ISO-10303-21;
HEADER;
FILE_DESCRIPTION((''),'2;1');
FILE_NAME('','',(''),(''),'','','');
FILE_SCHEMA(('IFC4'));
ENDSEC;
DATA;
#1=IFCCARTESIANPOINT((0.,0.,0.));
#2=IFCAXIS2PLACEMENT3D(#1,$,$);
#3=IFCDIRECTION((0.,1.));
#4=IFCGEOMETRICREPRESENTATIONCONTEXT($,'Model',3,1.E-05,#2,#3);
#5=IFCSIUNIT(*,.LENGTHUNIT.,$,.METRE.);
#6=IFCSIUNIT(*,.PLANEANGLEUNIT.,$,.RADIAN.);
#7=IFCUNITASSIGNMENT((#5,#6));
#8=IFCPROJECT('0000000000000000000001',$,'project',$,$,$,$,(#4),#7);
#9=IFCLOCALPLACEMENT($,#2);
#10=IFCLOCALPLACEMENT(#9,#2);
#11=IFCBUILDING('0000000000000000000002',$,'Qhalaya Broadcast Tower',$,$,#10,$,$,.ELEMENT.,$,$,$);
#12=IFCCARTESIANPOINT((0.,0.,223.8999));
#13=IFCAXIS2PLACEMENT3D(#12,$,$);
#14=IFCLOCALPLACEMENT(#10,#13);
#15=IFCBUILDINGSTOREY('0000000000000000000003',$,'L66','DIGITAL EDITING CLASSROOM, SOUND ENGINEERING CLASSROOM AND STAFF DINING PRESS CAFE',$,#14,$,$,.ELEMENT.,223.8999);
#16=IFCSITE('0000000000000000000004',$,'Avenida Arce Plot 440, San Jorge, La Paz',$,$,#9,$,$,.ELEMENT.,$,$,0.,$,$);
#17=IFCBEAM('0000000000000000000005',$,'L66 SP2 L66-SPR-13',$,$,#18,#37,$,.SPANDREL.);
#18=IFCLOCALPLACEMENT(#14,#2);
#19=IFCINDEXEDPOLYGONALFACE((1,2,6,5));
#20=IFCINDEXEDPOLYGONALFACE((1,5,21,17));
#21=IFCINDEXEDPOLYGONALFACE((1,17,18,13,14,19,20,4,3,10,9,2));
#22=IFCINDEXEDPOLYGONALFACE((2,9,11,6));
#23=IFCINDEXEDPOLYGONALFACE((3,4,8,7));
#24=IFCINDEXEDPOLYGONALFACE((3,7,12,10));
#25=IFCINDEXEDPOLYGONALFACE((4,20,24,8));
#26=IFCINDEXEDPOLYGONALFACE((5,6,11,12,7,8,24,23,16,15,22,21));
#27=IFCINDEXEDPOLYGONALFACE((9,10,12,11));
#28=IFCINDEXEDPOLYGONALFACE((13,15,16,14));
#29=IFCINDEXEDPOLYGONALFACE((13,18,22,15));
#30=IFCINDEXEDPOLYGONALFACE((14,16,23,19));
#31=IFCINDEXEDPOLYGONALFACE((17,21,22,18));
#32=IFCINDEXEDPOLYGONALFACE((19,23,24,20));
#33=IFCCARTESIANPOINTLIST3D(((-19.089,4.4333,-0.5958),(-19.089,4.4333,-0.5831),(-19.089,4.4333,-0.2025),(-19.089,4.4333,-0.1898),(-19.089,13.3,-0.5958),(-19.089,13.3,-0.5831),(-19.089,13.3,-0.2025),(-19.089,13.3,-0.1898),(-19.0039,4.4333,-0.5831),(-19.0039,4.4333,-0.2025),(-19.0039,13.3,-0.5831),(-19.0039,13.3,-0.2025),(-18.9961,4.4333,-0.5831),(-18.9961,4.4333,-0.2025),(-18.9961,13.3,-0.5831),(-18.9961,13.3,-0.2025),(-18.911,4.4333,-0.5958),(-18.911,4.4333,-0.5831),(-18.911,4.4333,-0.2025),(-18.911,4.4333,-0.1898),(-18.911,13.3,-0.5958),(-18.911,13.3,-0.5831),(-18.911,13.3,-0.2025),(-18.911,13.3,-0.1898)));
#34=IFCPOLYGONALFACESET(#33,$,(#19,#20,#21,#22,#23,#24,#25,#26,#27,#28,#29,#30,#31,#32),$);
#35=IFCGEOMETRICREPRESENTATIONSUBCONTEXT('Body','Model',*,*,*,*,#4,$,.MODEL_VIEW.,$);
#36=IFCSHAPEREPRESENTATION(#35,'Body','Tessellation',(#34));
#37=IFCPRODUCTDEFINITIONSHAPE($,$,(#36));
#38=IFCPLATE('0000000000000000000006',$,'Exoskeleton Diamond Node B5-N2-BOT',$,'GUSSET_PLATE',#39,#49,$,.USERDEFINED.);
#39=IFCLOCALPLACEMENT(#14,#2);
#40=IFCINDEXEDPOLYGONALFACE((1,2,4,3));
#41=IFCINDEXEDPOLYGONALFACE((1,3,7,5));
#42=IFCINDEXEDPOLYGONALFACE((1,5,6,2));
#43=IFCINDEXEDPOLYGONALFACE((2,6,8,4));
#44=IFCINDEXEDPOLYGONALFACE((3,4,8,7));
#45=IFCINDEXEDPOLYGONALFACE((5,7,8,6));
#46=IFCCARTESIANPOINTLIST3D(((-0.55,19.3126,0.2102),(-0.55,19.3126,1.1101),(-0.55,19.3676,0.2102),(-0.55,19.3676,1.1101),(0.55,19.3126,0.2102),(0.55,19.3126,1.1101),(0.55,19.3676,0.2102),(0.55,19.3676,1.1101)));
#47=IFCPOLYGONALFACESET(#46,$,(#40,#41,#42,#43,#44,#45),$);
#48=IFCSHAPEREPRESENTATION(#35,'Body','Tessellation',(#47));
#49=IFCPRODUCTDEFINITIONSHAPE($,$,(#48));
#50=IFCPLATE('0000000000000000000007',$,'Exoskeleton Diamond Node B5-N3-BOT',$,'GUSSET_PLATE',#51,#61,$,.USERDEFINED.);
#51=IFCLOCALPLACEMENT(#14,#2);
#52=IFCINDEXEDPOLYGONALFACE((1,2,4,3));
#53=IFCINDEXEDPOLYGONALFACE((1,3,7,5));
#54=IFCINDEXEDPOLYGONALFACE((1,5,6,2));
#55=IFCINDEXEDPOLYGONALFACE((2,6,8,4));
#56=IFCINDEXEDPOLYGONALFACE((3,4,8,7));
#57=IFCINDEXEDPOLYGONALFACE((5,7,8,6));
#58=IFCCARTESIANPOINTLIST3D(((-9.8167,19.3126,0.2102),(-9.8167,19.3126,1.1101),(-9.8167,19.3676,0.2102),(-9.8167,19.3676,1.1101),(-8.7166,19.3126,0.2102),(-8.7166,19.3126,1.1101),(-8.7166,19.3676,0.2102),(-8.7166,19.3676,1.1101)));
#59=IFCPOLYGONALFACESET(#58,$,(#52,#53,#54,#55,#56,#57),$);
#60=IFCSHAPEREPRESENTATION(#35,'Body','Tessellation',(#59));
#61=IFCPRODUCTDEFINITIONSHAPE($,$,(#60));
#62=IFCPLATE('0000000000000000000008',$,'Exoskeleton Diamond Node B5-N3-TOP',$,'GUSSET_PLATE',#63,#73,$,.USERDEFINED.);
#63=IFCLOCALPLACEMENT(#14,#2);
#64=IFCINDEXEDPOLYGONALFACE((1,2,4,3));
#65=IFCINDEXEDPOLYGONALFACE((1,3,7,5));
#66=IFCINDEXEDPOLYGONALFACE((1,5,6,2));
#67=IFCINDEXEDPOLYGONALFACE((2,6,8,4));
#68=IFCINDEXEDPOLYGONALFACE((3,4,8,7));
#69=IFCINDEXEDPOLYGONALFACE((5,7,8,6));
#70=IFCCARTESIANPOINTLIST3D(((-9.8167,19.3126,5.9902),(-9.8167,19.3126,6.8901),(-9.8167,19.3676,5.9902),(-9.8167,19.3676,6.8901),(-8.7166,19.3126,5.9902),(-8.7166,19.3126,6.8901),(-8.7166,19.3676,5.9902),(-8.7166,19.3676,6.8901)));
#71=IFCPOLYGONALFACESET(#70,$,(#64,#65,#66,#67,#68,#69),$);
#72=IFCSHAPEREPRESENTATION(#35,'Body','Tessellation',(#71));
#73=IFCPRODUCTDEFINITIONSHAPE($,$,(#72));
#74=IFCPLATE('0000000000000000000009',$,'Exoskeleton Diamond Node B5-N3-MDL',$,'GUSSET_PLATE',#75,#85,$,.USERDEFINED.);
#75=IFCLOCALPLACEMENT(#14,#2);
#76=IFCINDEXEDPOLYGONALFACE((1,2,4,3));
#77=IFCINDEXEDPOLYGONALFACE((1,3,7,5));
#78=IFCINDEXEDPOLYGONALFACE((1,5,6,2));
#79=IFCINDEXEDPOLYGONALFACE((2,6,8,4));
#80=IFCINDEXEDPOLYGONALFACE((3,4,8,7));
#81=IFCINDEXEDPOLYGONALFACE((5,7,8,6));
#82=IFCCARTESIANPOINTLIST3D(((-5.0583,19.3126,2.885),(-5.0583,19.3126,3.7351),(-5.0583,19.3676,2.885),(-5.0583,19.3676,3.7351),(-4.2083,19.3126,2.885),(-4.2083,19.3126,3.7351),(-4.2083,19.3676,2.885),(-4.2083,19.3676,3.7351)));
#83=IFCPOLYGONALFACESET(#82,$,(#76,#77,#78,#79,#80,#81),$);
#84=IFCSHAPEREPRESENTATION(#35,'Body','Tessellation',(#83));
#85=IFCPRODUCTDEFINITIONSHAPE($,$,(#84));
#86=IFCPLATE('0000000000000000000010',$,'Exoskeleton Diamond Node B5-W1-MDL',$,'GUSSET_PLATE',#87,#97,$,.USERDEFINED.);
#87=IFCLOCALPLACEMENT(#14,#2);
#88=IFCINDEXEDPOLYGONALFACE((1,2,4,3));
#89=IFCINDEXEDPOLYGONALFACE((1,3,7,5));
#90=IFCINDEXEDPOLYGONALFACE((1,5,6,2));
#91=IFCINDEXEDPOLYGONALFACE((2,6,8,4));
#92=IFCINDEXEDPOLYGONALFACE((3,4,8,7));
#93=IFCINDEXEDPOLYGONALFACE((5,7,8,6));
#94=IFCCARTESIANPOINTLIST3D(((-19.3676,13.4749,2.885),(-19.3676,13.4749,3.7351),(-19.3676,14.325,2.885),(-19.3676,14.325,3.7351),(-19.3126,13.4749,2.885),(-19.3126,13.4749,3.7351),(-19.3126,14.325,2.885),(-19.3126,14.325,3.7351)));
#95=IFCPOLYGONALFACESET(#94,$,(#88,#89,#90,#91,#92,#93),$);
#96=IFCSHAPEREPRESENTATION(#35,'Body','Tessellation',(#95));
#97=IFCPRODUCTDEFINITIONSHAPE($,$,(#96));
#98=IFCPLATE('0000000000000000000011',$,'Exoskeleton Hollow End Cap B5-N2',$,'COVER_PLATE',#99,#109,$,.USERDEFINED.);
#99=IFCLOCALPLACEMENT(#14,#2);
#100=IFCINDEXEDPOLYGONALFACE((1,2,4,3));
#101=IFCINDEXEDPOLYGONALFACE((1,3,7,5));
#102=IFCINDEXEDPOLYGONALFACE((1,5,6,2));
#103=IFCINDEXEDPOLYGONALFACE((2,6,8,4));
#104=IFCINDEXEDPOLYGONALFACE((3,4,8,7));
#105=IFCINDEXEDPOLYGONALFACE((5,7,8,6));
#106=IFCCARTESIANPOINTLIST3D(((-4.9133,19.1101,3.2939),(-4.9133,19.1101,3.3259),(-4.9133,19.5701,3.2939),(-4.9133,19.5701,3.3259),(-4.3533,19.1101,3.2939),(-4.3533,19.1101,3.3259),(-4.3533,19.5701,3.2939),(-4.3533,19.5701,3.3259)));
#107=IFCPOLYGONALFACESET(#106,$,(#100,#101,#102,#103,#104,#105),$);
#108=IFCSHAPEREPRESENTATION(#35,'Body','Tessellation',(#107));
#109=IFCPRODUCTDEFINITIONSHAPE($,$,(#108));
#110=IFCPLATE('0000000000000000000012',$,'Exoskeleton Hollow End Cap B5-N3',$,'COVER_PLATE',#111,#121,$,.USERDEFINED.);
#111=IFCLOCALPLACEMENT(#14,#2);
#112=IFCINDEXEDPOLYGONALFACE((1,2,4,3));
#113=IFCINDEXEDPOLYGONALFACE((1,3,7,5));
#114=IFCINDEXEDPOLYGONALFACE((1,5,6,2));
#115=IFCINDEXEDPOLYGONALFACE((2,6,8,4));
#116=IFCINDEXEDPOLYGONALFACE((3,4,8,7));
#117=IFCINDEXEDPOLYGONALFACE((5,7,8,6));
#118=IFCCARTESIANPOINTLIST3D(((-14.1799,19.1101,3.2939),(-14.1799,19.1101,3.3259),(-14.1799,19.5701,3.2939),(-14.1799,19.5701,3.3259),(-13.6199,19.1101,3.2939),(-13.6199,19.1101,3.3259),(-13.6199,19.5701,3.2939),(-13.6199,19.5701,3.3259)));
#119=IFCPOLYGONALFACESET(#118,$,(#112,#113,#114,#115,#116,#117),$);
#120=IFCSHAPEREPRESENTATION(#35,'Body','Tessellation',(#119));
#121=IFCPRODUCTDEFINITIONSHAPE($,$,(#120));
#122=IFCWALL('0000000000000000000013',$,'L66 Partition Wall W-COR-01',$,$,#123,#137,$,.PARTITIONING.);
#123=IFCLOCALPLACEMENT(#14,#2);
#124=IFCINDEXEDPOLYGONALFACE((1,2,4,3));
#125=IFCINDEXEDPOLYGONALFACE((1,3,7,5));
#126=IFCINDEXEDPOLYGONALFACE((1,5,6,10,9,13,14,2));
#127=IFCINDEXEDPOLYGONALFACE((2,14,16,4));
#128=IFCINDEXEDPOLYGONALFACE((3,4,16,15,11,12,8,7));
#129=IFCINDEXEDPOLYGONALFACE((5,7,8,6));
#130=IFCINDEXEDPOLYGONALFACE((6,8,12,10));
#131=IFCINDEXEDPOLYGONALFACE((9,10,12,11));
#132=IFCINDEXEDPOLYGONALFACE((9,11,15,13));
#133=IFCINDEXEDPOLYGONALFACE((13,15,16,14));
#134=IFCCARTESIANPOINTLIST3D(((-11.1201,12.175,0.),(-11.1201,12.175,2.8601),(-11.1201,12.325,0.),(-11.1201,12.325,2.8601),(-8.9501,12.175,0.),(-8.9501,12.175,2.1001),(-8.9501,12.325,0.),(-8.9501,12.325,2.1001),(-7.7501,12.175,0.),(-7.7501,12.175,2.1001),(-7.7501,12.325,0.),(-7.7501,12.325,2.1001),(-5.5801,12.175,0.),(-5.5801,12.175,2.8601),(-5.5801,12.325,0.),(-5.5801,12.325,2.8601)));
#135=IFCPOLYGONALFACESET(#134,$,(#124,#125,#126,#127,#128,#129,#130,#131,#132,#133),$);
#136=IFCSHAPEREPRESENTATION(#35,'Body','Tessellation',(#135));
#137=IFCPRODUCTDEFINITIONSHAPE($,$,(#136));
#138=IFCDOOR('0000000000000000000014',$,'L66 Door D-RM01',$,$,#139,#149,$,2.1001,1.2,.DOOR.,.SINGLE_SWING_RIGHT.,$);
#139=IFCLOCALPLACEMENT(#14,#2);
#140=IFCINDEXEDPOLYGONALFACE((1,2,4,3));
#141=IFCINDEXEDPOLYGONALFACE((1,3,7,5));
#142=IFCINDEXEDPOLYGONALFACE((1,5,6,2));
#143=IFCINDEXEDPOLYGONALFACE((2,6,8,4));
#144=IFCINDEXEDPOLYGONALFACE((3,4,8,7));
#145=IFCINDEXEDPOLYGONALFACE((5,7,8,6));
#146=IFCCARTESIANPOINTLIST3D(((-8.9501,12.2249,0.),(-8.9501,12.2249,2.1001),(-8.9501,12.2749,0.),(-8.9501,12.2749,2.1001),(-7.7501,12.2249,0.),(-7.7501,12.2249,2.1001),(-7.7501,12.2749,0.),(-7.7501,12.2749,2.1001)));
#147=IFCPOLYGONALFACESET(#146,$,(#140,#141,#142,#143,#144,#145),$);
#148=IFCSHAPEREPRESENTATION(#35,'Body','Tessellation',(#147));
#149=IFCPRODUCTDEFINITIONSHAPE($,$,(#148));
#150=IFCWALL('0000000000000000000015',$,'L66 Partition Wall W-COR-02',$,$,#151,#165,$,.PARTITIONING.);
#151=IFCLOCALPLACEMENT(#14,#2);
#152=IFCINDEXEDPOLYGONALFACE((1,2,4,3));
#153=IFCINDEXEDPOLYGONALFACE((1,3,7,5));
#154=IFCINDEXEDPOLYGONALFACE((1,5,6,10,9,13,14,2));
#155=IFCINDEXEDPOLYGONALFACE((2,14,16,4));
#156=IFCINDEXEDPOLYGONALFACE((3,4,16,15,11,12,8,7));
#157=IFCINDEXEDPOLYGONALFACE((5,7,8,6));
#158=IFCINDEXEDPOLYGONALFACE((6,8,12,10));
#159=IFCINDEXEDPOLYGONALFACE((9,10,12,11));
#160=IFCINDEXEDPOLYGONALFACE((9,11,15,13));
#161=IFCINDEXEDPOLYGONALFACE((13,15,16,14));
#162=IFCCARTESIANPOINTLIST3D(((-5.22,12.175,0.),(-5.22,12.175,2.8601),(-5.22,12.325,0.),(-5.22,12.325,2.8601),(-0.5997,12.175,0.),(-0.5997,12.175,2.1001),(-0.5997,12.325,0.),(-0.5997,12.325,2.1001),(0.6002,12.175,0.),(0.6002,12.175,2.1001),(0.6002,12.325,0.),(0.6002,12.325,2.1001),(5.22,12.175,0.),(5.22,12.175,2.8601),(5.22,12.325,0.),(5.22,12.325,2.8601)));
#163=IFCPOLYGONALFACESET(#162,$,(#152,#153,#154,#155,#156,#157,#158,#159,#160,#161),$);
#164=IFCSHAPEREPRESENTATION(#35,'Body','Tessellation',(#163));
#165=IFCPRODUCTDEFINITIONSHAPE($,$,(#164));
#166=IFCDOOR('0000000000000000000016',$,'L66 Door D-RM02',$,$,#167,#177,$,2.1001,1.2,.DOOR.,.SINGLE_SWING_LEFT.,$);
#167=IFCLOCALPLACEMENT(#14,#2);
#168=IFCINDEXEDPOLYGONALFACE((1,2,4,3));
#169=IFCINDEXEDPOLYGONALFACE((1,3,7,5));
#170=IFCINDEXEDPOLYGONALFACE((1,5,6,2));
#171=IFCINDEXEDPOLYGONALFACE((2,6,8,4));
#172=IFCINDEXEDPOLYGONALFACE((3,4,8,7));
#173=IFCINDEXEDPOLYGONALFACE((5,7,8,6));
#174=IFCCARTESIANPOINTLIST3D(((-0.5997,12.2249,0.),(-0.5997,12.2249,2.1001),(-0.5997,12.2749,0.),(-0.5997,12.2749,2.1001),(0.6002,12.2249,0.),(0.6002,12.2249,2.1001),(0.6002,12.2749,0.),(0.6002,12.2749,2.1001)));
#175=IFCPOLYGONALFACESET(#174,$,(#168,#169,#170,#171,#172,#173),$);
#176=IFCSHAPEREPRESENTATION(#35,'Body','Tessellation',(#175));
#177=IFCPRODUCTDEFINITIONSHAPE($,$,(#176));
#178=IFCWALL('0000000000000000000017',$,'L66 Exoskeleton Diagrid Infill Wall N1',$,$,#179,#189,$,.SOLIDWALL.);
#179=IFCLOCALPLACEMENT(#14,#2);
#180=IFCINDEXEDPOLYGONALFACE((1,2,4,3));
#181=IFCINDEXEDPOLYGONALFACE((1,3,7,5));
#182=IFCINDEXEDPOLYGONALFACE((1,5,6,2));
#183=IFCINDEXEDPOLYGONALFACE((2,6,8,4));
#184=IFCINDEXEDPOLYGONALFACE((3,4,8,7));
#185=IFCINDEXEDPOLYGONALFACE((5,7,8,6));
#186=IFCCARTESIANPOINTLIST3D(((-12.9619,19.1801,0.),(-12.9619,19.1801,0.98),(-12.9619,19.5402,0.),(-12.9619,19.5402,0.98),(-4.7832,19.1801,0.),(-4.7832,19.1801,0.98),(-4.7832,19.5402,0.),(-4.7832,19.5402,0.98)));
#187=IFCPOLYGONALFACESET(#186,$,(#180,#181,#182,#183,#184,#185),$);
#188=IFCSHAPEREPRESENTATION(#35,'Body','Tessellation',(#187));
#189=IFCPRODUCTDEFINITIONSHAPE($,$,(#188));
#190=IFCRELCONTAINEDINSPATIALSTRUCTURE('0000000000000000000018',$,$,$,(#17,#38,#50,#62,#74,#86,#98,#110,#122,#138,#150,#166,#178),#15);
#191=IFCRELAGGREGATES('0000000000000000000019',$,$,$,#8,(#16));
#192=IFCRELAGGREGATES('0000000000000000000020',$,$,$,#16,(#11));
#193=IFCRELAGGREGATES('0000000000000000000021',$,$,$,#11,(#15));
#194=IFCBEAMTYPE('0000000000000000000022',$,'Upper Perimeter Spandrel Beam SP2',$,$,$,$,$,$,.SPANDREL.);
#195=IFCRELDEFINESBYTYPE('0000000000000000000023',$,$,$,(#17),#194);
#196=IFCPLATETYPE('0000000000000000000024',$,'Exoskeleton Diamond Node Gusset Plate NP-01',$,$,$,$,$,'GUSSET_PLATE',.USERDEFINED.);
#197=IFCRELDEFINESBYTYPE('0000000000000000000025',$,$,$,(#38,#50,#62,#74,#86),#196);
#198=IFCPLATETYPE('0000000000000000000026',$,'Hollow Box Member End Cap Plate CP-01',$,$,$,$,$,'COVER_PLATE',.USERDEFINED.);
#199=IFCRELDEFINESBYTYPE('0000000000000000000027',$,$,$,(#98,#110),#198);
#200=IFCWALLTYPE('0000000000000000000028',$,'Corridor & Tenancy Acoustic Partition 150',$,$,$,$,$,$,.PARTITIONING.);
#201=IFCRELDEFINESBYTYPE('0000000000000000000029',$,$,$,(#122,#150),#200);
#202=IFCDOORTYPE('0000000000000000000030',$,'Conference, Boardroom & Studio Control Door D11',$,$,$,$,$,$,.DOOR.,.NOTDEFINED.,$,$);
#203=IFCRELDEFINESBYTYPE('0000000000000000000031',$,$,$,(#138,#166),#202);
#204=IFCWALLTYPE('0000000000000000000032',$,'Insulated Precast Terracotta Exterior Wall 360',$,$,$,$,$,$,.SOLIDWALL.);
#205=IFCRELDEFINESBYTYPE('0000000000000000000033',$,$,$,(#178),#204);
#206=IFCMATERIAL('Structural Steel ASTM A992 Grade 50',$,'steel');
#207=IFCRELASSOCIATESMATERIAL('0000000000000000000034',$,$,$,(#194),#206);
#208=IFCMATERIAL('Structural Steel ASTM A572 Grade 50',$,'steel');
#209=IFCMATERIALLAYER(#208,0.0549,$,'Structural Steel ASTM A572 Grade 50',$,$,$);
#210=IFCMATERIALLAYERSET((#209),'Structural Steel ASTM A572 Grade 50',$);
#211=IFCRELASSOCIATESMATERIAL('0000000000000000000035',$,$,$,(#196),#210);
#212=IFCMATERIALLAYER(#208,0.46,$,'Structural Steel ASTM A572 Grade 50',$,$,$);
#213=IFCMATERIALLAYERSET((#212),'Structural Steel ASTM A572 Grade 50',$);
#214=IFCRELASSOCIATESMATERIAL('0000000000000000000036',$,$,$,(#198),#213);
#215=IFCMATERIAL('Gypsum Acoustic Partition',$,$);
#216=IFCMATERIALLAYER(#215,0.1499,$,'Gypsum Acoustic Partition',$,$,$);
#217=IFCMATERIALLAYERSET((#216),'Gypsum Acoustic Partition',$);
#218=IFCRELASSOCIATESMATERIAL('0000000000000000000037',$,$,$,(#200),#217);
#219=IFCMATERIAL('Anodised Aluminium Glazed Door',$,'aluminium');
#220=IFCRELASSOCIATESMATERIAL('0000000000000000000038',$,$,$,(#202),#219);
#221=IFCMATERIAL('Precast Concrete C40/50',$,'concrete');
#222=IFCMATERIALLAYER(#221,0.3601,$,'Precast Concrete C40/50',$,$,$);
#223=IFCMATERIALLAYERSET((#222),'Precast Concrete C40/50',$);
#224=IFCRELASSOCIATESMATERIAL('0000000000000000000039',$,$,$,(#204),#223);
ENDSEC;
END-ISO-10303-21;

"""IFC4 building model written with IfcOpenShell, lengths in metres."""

from ifc_helpers import new_model, si_unit, direction, frame, frame_2d, origin, origin_2d, place, context, subcontext, project, spatial, rectangle, i_section, extrude, material, layer, layer_set, material_profile, profile_set, type_object, element, fill, save


model = new_model("IFC4")

# Units and contexts
model_context = context("Model", 3, precision=1e-05, world=origin(), true_north=direction((0.0, 1.0)))
body_context = subcontext(model_context, "Body", "Model", "MODEL_VIEW")
ifc_project = project(units=[si_unit("LENGTHUNIT", "METRE"), si_unit("PLANEANGLEUNIT", "RADIAN")], contexts=[model_context])

# Site, building, storey
site_placement = place(None, origin())
site = spatial("IfcSite", under=ifc_project, at=site_placement, Name="Avenida Arce Plot 440, San Jorge, La Paz", CompositionType="ELEMENT", RefElevation=0.0)
building_placement = place(site_placement, origin())
building = spatial("IfcBuilding", under=site, at=building_placement, Name="Qhalaya Broadcast Tower", CompositionType="ELEMENT")
storey_placement = place(building_placement, frame((0.0, 0.0, 223.8999)))
storey = spatial("IfcBuildingStorey", under=building, at=storey_placement, Name="L66", Description="DIGITAL EDITING CLASSROOM, SOUND ENGINEERING CLASSROOM AND STAFF DINING PRESS CAFE", CompositionType="ELEMENT", Elevation=223.8999)

# Shared definitions
ifc_material_1 = material(Name="Structural Steel ASTM A572 Grade 50", Category="steel")

# Shared definitions
ifc_material_2 = material(Name="Structural Steel ASTM A992 Grade 50", Category="steel")

# Beam
ifc_material_profile_1 = material_profile(ifc_material_2, i_section(OverallWidth=0.178, OverallDepth=0.406, WebThickness=0.0078, FlangeThickness=0.0127, at=origin_2d()), Name="W16X40")
ifc_profile_set_1 = profile_set([ifc_material_profile_1], Name="Structural Steel ASTM A992 Grade 50")
beam_type_1 = type_object("IfcBeamType", Name="Upper Perimeter Spandrel Beam SP2", PredefinedType="SPANDREL", material=ifc_profile_set_1)
beam_1_placement = place(storey_placement, frame((-19.0, 13.3, -0.3928), z_axis=(0.0, -1.0, 0.0), x_axis=(1.0, 0.0, 0.0)))
element("IfcBeam", 1, at=beam_1_placement, inside=storey, type_object=beam_type_1, Name="L66 SP2 L66-SPR-13", PredefinedType="SPANDREL", context=body_context, shape_type="SweptSolid", body=[
    extrude(i_section(OverallWidth=0.178, OverallDepth=0.406, WebThickness=0.0078, FlangeThickness=0.0127, at=origin_2d()), origin(), (0.0, 0.0, 1.0), 8.8667),
])

# Plates
ifc_layer_1 = layer(ifc_material_1, 0.0549, Name="Structural Steel ASTM A572 Grade 50")
ifc_layer_set_1 = layer_set([ifc_layer_1], Name="Structural Steel ASTM A572 Grade 50")
plate_type_1 = type_object("IfcPlateType", Name="Exoskeleton Diamond Node Gusset Plate NP-01", ElementType="GUSSET_PLATE", PredefinedType="USERDEFINED", material=ifc_layer_set_1)
for number, where, z_axis, x_axis, name in (
    (2, (0.0, 19.3401, 0.2102), (0.0, 0.0, 1.0), (1.0, 0.0, 0.0), "Exoskeleton Diamond Node B5-N2-BOT"),
    (3, (-9.2666, 19.3401, 0.2102), (0.0, 0.0, 1.0), (1.0, 0.0, 0.0), "Exoskeleton Diamond Node B5-N3-BOT"),
    (4, (-9.2666, 19.3401, 5.9902), (0.0, 0.0, 1.0), (1.0, 0.0, 0.0), "Exoskeleton Diamond Node B5-N3-TOP"),
):
    element("IfcPlate", number, at=place(storey_placement, frame(where, z_axis=z_axis, x_axis=x_axis)), inside=storey, type_object=plate_type_1, Name=name, ObjectType="GUSSET_PLATE", PredefinedType="USERDEFINED", context=body_context, shape_type="SweptSolid", body=[
        extrude(rectangle(XDim=1.1001, YDim=0.0549, at=origin_2d()), origin(), (0.0, 0.0, 1.0), 0.8999),
    ])
for number, where, z_axis, x_axis, name in (
    (5, (-4.6333, 19.3401, 2.885), (0.0, 0.0, 1.0), (1.0, 0.0, 0.0), "Exoskeleton Diamond Node B5-N3-MDL"),
    (6, (-19.3401, 13.8999, 2.885), (0.0, 0.0, 1.0), (0.0, 1.0, 0.0), "Exoskeleton Diamond Node B5-W1-MDL"),
):
    element("IfcPlate", number, at=place(storey_placement, frame(where, z_axis=z_axis, x_axis=x_axis)), inside=storey, type_object=plate_type_1, Name=name, ObjectType="GUSSET_PLATE", PredefinedType="USERDEFINED", context=body_context, shape_type="SweptSolid", body=[
        extrude(rectangle(XDim=0.8501, YDim=0.0549, at=origin_2d()), origin(), (0.0, 0.0, 1.0), 0.8501),
    ])
ifc_layer_2 = layer(ifc_material_1, 0.46, Name="Structural Steel ASTM A572 Grade 50")
ifc_layer_set_2 = layer_set([ifc_layer_2], Name="Structural Steel ASTM A572 Grade 50")
plate_type_2 = type_object("IfcPlateType", Name="Hollow Box Member End Cap Plate CP-01", ElementType="COVER_PLATE", PredefinedType="USERDEFINED", material=ifc_layer_set_2)
for number, where, z_axis, x_axis, name in (
    (7, (-4.6333, 19.3401, 3.2939), (0.0, 0.0, 1.0), (1.0, 0.0, 0.0), "Exoskeleton Hollow End Cap B5-N2"),
    (8, (-13.8999, 19.3401, 3.2939), (0.0, 0.0, 1.0), (1.0, 0.0, 0.0), "Exoskeleton Hollow End Cap B5-N3"),
):
    element("IfcPlate", number, at=place(storey_placement, frame(where, z_axis=z_axis, x_axis=x_axis)), inside=storey, type_object=plate_type_2, Name=name, ObjectType="COVER_PLATE", PredefinedType="USERDEFINED", context=body_context, shape_type="SweptSolid", body=[
        extrude(rectangle(XDim=0.5601, YDim=0.46, at=origin_2d()), origin(), (0.0, 0.0, 1.0), 0.032),
    ])

# Walls, openings, doors
ifc_material_3 = material(Name="Gypsum Acoustic Partition")
ifc_layer_3 = layer(ifc_material_3, 0.1499, Name="Gypsum Acoustic Partition")
ifc_layer_set_3 = layer_set([ifc_layer_3], Name="Gypsum Acoustic Partition")
wall_type_1 = type_object("IfcWallType", Name="Corridor & Tenancy Acoustic Partition 150", PredefinedType="PARTITIONING", material=ifc_layer_set_3)
wall_1_placement = place(storey_placement, frame((-11.1201, 12.25, 0.0), z_axis=(0.0, 0.0, 1.0), x_axis=(1.0, 0.0, 0.0)))
wall_1 = element("IfcWall", 9, at=wall_1_placement, inside=storey, type_object=wall_type_1, Name="L66 Partition Wall W-COR-01", PredefinedType="PARTITIONING", context=body_context, shape_type="SweptSolid", body=[
    extrude(rectangle(XDim=5.54, YDim=0.1499, at=frame_2d((2.77, 0.0))), origin(), (0.0, 0.0, 1.0), 2.8601),
])
opening_1_placement = place(wall_1_placement, frame((2.1699, 0.0, 0.0)))
opening_1 = element("IfcOpeningElement", 10, at=opening_1_placement, cuts=wall_1, PredefinedType="OPENING", context=body_context, shape_type="SweptSolid", body=[
    extrude(rectangle(XDim=1.2, YDim=2.1001, at=frame_2d((0.6001, 1.05))), frame((0.0, 0.0869, 0.0), z_axis=(0.0, -1.0, 0.0), x_axis=(1.0, 0.0, 0.0)), (0.0, 0.0, 1.0), 0.1738),
])
ifc_material_4 = material(Name="Anodised Aluminium Glazed Door", Category="aluminium")
door_type = type_object("IfcDoorType", Name="Conference, Boardroom & Studio Control Door D11", OperationType="NOTDEFINED", PredefinedType="DOOR", material=ifc_material_4)
door_1_placement = place(opening_1_placement, origin())
door_1 = element("IfcDoor", 11, at=door_1_placement, inside=storey, type_object=door_type, Name="L66 Door D-RM01", OperationType="SINGLE_SWING_RIGHT", OverallHeight=2.1001, OverallWidth=1.2, PredefinedType="DOOR", context=body_context, shape_type="SweptSolid", body=[
    extrude(rectangle(XDim=1.2, YDim=2.1001, at=frame_2d((0.6001, 1.05))), frame((0.0, 0.0249, 0.0), z_axis=(0.0, -1.0, 0.0), x_axis=(1.0, 0.0, 0.0)), (0.0, 0.0, 1.0), 0.05),
])
fill(opening_1, door_1)
wall_2_placement = place(storey_placement, frame((-5.22, 12.25, 0.0), z_axis=(0.0, 0.0, 1.0), x_axis=(1.0, 0.0, 0.0)))
wall_2 = element("IfcWall", 12, at=wall_2_placement, inside=storey, type_object=wall_type_1, Name="L66 Partition Wall W-COR-02", PredefinedType="PARTITIONING", context=body_context, shape_type="SweptSolid", body=[
    extrude(rectangle(XDim=10.4399, YDim=0.1499, at=frame_2d((5.22, 0.0))), origin(), (0.0, 0.0, 1.0), 2.8601),
])
opening_2_placement = place(wall_2_placement, frame((4.6201, 0.0, 0.0)))
opening_2 = element("IfcOpeningElement", 13, at=opening_2_placement, cuts=wall_2, PredefinedType="OPENING", context=body_context, shape_type="SweptSolid", body=[
    extrude(rectangle(XDim=1.2, YDim=2.1001, at=frame_2d((0.6001, 1.05))), frame((0.0, 0.0869, 0.0), z_axis=(0.0, -1.0, 0.0), x_axis=(1.0, 0.0, 0.0)), (0.0, 0.0, 1.0), 0.1738),
])
door_2_placement = place(opening_2_placement, origin())
door_2 = element("IfcDoor", 14, at=door_2_placement, inside=storey, type_object=door_type, Name="L66 Door D-RM02", OperationType="SINGLE_SWING_LEFT", OverallHeight=2.1001, OverallWidth=1.2, PredefinedType="DOOR", context=body_context, shape_type="SweptSolid", body=[
    extrude(rectangle(XDim=1.2, YDim=2.1001, at=frame_2d((0.6001, 1.05))), frame((0.0, 0.0249, 0.0), z_axis=(0.0, -1.0, 0.0), x_axis=(1.0, 0.0, 0.0)), (0.0, 0.0, 1.0), 0.05),
])
fill(opening_2, door_2)

# Wall
ifc_material_5 = material(Name="Precast Concrete C40/50", Category="concrete")
ifc_layer_4 = layer(ifc_material_5, 0.3601, Name="Precast Concrete C40/50")
ifc_layer_set_4 = layer_set([ifc_layer_4], Name="Precast Concrete C40/50")
wall_type_2 = type_object("IfcWallType", Name="Insulated Precast Terracotta Exterior Wall 360", PredefinedType="SOLIDWALL", material=ifc_layer_set_4)
wall_3_placement = place(storey_placement, frame((-12.9619, 19.3601, 0.0), z_axis=(0.0, 0.0, 1.0), x_axis=(1.0, 0.0, 0.0)))
element("IfcWall", 15, at=wall_3_placement, inside=storey, type_object=wall_type_2, Name="L66 Exoskeleton Diagrid Infill Wall N1", PredefinedType="SOLIDWALL", context=body_context, shape_type="SweptSolid", body=[
    extrude(rectangle(XDim=8.1787, YDim=0.3601, at=frame_2d((4.0894, 0.0))), origin(), (0.0, 0.0, 1.0), 0.98),
])

save(model, "model.ifc")
